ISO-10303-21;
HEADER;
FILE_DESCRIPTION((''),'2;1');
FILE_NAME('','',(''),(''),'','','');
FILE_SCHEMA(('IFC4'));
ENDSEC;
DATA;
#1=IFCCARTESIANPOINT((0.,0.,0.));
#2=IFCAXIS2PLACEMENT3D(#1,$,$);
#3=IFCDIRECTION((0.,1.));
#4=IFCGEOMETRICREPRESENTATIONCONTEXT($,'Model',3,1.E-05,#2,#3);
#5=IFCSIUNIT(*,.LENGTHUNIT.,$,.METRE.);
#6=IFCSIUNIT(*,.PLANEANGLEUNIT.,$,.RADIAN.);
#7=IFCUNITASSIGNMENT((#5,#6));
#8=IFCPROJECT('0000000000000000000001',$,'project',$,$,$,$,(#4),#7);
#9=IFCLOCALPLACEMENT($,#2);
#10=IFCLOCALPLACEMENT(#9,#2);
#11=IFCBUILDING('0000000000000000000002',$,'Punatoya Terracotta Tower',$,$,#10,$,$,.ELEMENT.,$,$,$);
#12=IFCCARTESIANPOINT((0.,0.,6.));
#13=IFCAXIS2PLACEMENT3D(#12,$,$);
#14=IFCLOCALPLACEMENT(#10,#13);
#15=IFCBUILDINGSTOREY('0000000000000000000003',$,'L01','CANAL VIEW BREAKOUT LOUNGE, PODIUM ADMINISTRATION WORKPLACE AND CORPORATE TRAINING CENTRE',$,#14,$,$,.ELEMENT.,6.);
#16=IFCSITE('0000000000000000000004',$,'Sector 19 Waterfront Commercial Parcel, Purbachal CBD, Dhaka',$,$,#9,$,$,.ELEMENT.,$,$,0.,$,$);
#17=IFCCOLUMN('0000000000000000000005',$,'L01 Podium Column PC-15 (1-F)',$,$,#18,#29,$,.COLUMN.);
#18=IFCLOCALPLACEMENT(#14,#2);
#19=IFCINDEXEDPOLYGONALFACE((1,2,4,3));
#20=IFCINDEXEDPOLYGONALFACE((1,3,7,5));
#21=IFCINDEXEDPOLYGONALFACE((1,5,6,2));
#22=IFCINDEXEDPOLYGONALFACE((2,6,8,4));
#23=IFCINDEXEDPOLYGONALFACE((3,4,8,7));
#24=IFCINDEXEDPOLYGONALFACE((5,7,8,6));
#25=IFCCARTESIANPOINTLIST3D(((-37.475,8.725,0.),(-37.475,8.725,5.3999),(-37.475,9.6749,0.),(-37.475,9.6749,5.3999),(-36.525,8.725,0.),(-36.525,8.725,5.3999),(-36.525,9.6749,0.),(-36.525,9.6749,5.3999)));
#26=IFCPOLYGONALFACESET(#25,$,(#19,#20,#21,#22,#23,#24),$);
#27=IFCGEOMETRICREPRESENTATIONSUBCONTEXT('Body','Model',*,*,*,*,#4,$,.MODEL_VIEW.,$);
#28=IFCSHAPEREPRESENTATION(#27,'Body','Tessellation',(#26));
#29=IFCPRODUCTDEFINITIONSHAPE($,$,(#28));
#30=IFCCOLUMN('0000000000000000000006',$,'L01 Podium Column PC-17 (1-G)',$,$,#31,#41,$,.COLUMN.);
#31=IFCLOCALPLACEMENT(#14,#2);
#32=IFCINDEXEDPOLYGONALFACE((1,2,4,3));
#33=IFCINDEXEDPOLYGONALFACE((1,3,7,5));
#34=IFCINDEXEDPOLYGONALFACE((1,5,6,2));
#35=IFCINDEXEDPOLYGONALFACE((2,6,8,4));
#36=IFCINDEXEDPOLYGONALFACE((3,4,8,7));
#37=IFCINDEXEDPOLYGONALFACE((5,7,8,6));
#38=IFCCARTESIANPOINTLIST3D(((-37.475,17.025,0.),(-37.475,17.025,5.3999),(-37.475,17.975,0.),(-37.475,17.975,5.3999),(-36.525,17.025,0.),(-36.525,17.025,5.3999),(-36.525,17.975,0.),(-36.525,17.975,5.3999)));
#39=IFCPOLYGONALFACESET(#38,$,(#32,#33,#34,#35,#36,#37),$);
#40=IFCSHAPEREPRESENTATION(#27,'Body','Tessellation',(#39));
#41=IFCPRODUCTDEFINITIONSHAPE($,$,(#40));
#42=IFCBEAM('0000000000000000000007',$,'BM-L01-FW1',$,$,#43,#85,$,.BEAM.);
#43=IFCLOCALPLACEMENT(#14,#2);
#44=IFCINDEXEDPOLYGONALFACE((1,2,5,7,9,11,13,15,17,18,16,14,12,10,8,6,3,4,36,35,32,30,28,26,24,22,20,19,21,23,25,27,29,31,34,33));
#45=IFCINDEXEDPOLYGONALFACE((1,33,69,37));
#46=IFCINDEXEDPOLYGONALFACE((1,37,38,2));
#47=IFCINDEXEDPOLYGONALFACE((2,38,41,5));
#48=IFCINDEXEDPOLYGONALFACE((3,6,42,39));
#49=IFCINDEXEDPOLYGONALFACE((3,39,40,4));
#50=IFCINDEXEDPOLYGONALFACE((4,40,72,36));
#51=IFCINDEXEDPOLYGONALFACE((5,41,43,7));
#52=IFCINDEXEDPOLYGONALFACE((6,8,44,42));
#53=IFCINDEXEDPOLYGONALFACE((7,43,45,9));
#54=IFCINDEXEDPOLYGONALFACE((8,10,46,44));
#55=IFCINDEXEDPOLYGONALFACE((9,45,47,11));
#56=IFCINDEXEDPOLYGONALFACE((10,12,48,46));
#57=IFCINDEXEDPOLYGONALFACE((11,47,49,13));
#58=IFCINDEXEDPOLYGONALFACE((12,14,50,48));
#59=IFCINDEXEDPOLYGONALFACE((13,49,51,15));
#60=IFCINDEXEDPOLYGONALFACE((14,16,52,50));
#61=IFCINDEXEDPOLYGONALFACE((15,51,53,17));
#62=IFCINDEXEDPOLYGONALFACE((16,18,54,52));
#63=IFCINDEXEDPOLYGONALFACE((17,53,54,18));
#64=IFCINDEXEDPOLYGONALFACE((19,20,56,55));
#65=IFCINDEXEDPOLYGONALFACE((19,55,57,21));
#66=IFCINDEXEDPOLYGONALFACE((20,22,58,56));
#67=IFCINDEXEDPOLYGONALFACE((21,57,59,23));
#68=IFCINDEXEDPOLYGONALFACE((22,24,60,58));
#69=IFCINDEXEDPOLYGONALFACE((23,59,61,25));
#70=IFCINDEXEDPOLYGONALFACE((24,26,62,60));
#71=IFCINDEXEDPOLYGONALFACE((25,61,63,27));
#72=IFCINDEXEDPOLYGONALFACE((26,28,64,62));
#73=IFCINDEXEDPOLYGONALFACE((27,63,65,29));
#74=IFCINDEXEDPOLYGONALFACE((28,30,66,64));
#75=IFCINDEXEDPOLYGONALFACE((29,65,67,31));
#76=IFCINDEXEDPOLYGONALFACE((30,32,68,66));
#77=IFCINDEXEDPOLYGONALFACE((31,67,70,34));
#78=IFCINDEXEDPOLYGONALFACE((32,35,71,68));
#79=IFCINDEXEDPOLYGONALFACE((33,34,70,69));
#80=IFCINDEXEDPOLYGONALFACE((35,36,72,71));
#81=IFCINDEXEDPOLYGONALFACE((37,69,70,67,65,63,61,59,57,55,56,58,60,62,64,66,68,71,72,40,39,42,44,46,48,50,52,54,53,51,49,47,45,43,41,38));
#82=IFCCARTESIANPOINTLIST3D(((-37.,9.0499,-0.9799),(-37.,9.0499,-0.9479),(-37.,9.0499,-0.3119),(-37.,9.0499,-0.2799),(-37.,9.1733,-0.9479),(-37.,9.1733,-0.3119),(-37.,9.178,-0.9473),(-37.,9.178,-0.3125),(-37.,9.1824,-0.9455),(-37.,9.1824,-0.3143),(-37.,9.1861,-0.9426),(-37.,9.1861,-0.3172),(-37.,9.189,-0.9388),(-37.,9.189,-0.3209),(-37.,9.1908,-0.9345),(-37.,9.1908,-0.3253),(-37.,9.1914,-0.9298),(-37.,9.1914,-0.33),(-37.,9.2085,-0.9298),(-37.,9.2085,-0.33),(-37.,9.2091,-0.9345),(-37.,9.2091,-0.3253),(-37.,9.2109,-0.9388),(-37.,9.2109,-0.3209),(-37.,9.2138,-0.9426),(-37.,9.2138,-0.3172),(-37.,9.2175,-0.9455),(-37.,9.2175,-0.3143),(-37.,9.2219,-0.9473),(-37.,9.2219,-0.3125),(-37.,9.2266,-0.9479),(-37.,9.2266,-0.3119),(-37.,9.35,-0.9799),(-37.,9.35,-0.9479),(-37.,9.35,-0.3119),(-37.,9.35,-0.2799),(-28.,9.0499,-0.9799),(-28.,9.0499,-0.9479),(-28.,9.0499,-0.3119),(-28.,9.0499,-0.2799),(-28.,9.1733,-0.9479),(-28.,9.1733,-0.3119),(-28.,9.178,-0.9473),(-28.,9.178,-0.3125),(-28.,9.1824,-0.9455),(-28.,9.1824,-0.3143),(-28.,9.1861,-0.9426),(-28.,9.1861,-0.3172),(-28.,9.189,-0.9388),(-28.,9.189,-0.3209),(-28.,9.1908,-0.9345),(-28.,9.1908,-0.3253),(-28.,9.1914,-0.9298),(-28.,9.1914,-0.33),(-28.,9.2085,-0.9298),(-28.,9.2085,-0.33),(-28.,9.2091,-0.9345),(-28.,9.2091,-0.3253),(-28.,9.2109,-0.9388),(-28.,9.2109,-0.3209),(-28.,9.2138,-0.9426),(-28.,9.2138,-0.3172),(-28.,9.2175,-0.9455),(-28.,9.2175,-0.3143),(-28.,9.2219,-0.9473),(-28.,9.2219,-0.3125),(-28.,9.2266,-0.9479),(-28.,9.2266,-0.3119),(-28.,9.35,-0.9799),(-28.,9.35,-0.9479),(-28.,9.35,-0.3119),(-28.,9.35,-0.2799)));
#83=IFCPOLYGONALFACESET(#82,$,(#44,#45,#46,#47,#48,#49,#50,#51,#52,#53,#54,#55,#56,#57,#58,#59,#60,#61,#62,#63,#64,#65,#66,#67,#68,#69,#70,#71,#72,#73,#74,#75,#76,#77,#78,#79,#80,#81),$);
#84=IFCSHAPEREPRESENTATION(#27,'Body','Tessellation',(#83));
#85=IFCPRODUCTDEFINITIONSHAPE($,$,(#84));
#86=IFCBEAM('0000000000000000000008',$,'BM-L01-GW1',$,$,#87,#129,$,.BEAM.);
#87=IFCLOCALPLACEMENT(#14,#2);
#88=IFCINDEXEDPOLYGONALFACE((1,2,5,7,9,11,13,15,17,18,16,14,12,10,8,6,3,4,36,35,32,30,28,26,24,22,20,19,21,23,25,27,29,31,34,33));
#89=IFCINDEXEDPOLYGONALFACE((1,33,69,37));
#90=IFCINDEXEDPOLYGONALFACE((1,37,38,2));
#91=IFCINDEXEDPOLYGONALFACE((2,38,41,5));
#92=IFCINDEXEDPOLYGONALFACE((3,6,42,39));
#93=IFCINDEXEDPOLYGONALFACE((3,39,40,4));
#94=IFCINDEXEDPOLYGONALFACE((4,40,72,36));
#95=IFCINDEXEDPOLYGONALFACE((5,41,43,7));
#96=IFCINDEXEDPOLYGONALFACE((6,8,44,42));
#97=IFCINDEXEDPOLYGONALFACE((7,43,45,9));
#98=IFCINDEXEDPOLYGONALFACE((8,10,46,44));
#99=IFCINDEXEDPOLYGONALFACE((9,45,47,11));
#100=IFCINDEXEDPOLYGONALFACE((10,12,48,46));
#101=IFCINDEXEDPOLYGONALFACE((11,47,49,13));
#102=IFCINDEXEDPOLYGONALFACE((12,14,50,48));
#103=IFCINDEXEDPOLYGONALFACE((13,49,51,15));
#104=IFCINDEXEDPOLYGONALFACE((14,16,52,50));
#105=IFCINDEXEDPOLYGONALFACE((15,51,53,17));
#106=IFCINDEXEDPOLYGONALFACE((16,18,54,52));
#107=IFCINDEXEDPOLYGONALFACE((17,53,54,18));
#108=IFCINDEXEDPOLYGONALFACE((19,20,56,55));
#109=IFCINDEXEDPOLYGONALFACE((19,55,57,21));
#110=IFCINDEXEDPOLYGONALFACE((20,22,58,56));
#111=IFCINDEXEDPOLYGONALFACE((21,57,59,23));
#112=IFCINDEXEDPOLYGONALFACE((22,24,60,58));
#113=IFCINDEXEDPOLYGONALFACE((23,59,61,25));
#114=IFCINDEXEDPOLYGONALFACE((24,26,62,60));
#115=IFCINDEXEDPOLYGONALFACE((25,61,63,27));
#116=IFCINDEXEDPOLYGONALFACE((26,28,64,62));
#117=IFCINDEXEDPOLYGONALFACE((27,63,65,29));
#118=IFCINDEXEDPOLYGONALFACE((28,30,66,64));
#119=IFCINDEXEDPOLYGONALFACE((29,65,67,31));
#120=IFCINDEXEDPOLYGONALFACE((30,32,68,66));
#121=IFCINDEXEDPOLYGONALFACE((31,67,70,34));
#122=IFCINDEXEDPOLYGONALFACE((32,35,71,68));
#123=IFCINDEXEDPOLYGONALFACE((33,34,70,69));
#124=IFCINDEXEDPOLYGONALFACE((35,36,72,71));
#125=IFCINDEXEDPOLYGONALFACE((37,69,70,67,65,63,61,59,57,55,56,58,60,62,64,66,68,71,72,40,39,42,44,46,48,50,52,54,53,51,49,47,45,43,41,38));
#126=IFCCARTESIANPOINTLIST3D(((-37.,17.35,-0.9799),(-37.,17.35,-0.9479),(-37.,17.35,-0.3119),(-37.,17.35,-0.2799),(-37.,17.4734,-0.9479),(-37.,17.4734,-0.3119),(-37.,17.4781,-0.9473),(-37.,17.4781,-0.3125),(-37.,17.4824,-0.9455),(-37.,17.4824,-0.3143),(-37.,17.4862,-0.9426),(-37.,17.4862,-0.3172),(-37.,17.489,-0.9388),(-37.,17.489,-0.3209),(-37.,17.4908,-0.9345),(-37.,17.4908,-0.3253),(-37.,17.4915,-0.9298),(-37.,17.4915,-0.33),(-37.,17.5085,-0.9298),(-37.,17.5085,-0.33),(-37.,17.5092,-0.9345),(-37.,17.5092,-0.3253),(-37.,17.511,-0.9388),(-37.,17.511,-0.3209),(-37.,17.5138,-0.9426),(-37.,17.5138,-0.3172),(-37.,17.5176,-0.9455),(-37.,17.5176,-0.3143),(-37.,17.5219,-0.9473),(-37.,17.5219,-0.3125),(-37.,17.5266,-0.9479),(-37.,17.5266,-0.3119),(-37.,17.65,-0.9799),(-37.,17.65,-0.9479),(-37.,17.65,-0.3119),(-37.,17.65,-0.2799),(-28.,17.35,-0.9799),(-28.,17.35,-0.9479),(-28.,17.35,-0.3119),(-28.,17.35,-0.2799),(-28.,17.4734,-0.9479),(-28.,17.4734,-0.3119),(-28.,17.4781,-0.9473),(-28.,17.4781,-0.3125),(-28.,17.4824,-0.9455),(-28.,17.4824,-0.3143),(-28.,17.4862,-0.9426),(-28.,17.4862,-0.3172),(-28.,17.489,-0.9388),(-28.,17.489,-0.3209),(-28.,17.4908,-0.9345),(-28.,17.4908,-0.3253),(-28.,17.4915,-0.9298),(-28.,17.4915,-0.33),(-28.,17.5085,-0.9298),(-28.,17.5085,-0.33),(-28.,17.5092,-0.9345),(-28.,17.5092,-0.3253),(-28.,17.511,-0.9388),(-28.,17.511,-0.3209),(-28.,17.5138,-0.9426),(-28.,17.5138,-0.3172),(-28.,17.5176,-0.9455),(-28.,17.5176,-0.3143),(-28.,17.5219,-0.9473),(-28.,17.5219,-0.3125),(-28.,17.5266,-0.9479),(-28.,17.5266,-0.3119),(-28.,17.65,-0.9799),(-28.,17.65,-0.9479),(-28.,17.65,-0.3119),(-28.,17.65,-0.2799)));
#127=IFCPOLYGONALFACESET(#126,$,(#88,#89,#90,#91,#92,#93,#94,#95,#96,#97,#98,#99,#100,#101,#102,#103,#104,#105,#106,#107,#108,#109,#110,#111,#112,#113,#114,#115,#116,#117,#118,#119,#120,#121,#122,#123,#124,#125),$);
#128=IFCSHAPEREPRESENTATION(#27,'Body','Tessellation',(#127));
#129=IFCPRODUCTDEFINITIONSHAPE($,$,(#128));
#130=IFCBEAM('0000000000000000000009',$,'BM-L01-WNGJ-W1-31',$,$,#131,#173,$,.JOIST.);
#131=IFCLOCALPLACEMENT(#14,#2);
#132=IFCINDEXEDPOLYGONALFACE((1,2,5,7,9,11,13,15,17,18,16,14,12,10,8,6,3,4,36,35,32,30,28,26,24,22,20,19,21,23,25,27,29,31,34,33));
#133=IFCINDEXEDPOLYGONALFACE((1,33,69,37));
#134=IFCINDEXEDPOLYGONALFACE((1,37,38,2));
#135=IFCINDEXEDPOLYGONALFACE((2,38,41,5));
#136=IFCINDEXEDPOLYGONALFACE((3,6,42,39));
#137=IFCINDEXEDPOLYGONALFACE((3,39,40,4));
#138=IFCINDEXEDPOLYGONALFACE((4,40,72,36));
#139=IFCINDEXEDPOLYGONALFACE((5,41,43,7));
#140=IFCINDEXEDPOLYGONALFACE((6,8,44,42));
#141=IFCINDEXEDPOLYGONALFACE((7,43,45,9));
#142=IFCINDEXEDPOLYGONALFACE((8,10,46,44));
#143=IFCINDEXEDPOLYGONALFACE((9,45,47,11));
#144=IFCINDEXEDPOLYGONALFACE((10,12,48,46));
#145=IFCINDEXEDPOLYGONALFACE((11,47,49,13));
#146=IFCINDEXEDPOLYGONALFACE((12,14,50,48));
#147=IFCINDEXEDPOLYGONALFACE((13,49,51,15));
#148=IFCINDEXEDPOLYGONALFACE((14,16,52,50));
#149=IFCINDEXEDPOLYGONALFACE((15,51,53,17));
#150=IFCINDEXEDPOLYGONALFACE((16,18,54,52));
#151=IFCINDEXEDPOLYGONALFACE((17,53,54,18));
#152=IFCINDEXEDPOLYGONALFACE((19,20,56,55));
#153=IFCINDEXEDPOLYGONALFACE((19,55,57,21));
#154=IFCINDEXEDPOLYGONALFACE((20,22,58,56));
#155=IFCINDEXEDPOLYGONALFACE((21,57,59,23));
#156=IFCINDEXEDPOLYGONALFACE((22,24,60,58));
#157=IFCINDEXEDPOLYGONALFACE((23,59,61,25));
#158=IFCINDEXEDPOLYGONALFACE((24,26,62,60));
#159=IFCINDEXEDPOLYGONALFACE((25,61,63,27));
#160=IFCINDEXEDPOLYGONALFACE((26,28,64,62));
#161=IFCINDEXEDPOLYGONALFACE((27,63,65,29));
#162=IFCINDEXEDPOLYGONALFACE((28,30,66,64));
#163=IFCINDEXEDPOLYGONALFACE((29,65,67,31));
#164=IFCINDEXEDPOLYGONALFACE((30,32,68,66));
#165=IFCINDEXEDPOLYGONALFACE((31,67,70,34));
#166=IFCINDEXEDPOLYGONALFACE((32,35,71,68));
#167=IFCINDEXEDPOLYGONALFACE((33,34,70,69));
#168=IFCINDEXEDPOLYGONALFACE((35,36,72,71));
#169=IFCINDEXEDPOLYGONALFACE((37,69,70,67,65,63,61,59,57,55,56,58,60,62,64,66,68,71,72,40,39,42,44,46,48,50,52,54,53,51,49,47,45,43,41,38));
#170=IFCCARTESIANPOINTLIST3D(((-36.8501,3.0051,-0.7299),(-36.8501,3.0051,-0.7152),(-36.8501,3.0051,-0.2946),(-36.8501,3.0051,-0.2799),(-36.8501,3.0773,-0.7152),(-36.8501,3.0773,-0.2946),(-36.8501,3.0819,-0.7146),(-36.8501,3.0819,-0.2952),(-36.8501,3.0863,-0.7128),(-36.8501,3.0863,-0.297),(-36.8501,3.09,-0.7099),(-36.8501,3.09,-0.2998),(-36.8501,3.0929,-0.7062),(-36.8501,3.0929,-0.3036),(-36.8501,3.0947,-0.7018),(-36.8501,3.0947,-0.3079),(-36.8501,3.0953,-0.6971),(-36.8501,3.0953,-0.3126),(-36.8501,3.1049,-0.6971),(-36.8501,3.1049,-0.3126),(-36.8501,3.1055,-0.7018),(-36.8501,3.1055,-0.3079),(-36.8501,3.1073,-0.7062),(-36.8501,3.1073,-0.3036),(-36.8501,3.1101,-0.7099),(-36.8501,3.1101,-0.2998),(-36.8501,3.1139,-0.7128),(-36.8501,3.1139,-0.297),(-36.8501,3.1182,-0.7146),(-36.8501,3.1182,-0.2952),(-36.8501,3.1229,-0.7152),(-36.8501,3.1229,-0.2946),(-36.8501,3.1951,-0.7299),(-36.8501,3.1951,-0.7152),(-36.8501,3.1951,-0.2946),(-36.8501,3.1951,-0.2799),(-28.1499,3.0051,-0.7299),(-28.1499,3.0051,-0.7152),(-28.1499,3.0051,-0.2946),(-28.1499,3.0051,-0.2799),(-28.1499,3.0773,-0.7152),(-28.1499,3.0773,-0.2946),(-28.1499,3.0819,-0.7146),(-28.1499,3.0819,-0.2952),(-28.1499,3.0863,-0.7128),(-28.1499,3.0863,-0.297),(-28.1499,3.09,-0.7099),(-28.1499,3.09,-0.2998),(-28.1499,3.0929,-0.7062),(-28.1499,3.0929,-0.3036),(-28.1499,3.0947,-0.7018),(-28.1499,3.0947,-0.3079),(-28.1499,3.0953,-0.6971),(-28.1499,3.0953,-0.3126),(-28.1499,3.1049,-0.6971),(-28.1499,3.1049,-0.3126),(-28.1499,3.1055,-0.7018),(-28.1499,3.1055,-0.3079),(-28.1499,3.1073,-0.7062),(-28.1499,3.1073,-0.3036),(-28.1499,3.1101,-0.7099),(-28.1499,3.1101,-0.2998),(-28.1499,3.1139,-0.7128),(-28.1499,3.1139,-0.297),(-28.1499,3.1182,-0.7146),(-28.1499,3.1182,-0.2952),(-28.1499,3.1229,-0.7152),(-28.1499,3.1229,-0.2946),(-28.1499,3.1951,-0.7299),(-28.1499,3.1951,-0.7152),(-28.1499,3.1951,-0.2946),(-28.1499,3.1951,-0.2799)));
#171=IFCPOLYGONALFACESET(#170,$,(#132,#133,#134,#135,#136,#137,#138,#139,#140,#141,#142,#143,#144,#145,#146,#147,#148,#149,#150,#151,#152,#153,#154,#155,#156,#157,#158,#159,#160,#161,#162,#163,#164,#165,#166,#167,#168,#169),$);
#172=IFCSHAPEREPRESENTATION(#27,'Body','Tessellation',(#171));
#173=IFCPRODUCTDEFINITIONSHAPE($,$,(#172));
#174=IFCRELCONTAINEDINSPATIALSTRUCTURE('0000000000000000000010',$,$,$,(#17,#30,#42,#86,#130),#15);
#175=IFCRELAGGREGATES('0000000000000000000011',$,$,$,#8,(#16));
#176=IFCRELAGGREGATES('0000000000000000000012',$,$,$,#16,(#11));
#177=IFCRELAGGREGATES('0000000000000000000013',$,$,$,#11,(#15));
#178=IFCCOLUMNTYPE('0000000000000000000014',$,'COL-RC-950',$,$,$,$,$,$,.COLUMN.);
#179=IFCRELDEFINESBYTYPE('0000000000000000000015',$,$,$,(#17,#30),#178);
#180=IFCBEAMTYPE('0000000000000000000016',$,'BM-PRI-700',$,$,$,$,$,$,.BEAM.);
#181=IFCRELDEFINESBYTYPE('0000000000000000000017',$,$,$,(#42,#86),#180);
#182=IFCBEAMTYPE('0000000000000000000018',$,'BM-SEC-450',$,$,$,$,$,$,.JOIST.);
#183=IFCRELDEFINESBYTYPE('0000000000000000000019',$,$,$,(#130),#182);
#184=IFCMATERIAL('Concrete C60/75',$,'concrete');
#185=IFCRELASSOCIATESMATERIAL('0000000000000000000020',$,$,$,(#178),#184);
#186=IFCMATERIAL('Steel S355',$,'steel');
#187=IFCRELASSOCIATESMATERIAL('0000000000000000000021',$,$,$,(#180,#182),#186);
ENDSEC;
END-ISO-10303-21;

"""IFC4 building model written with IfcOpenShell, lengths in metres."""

from ifc_helpers import new_model, si_unit, direction, frame, origin, origin_2d, place, context, subcontext, project, spatial, rectangle, i_section, extrude, material, material_profile, profile_set, type_object, element, save


model = new_model("IFC4")

# Units and contexts
model_context = context("Model", 3, precision=1e-05, world=origin(), true_north=direction((0.0, 1.0)))
body_context = subcontext(model_context, "Body", "Model", "MODEL_VIEW")
ifc_project = project(units=[si_unit("LENGTHUNIT", "METRE"), si_unit("PLANEANGLEUNIT", "RADIAN")], contexts=[model_context])

# Site, building, storey
site_placement = place(None, origin())
site = spatial("IfcSite", under=ifc_project, at=site_placement, Name="Sector 19 Waterfront Commercial Parcel, Purbachal CBD, Dhaka", CompositionType="ELEMENT", RefElevation=0.0)
building_placement = place(site_placement, origin())
building = spatial("IfcBuilding", under=site, at=building_placement, Name="Punatoya Terracotta Tower", CompositionType="ELEMENT")
storey_placement = place(building_placement, frame((0.0, 0.0, 6.0)))
storey = spatial("IfcBuildingStorey", under=building, at=storey_placement, Name="L01", Description="CANAL VIEW BREAKOUT LOUNGE, PODIUM ADMINISTRATION WORKPLACE AND CORPORATE TRAINING CENTRE", CompositionType="ELEMENT", Elevation=6.0)

# Columns
ifc_material_1 = material(Name="Concrete C60/75", Category="concrete")
ifc_material_profile_1 = material_profile(ifc_material_1, rectangle(XDim=0.95, YDim=0.95, at=origin_2d()))
ifc_profile_set_1 = profile_set([ifc_material_profile_1], Name="Concrete C60/75")
column_type = type_object("IfcColumnType", Name="COL-RC-950", PredefinedType="COLUMN", material=ifc_profile_set_1)
for number, where, z_axis, x_axis, name in (
    (1, (-37.0, 9.2, 0.0), (0.0, 0.0, 1.0), (1.0, 0.0, 0.0), "L01 Podium Column PC-15 (1-F)"),
    (2, (-37.0, 17.5, 0.0), (0.0, 0.0, 1.0), (1.0, 0.0, 0.0), "L01 Podium Column PC-17 (1-G)"),
):
    element("IfcColumn", number, at=place(storey_placement, frame(where, z_axis=z_axis, x_axis=x_axis)), inside=storey, type_object=column_type, Name=name, PredefinedType="COLUMN", context=body_context, shape_type="SweptSolid", body=[
        extrude(rectangle(XDim=0.95, YDim=0.95, at=origin_2d()), origin(), (0.0, 0.0, 1.0), 5.3999),
    ])

# Beams
ifc_material_2 = material(Name="Steel S355", Category="steel")
ifc_material_profile_2 = material_profile(ifc_material_2, i_section(OverallWidth=0.3, OverallDepth=0.7, WebThickness=0.0171, FlangeThickness=0.032, FilletRadius=0.0181, at=origin_2d()))
ifc_profile_set_2 = profile_set([ifc_material_profile_2], Name="Steel S355")
beam_type_1 = type_object("IfcBeamType", Name="BM-PRI-700", PredefinedType="BEAM", material=ifc_profile_set_2)
for number, where, z_axis, x_axis, name in (
    (3, (-37.0, 9.2, -0.6299), (1.0, 0.0, 0.0), (0.0, 1.0, 0.0), "BM-L01-FW1"),
    (4, (-37.0, 17.5, -0.6299), (1.0, 0.0, 0.0), (0.0, 1.0, 0.0), "BM-L01-GW1"),
):
    element("IfcBeam", number, at=place(storey_placement, frame(where, z_axis=z_axis, x_axis=x_axis)), inside=storey, type_object=beam_type_1, Name=name, PredefinedType="BEAM", context=body_context, shape_type="SweptSolid", body=[
        extrude(i_section(OverallWidth=0.3, OverallDepth=0.7, WebThickness=0.0171, FlangeThickness=0.032, FilletRadius=0.0181, at=origin_2d()), origin(), (0.0, 0.0, 1.0), 9.0),
    ])
ifc_material_profile_3 = material_profile(ifc_material_2, i_section(OverallWidth=0.1899, OverallDepth=0.45, WebThickness=0.0095, FlangeThickness=0.0146, FilletRadius=0.0181, at=origin_2d()))
ifc_profile_set_3 = profile_set([ifc_material_profile_3], Name="Steel S355")
beam_type_2 = type_object("IfcBeamType", Name="BM-SEC-450", PredefinedType="JOIST", material=ifc_profile_set_3)
beam_1_placement = place(storey_placement, frame((-36.8501, 3.1001, -0.5049), z_axis=(1.0, 0.0, 0.0), x_axis=(0.0, 1.0, 0.0)))
element("IfcBeam", 5, at=beam_1_placement, inside=storey, type_object=beam_type_2, Name="BM-L01-WNGJ-W1-31", PredefinedType="JOIST", context=body_context, shape_type="SweptSolid", body=[
    extrude(i_section(OverallWidth=0.1899, OverallDepth=0.45, WebThickness=0.0095, FlangeThickness=0.0146, FilletRadius=0.0181, at=origin_2d()), origin(), (0.0, 0.0, 1.0), 8.7002),
])

save(model, "model.ifc")
